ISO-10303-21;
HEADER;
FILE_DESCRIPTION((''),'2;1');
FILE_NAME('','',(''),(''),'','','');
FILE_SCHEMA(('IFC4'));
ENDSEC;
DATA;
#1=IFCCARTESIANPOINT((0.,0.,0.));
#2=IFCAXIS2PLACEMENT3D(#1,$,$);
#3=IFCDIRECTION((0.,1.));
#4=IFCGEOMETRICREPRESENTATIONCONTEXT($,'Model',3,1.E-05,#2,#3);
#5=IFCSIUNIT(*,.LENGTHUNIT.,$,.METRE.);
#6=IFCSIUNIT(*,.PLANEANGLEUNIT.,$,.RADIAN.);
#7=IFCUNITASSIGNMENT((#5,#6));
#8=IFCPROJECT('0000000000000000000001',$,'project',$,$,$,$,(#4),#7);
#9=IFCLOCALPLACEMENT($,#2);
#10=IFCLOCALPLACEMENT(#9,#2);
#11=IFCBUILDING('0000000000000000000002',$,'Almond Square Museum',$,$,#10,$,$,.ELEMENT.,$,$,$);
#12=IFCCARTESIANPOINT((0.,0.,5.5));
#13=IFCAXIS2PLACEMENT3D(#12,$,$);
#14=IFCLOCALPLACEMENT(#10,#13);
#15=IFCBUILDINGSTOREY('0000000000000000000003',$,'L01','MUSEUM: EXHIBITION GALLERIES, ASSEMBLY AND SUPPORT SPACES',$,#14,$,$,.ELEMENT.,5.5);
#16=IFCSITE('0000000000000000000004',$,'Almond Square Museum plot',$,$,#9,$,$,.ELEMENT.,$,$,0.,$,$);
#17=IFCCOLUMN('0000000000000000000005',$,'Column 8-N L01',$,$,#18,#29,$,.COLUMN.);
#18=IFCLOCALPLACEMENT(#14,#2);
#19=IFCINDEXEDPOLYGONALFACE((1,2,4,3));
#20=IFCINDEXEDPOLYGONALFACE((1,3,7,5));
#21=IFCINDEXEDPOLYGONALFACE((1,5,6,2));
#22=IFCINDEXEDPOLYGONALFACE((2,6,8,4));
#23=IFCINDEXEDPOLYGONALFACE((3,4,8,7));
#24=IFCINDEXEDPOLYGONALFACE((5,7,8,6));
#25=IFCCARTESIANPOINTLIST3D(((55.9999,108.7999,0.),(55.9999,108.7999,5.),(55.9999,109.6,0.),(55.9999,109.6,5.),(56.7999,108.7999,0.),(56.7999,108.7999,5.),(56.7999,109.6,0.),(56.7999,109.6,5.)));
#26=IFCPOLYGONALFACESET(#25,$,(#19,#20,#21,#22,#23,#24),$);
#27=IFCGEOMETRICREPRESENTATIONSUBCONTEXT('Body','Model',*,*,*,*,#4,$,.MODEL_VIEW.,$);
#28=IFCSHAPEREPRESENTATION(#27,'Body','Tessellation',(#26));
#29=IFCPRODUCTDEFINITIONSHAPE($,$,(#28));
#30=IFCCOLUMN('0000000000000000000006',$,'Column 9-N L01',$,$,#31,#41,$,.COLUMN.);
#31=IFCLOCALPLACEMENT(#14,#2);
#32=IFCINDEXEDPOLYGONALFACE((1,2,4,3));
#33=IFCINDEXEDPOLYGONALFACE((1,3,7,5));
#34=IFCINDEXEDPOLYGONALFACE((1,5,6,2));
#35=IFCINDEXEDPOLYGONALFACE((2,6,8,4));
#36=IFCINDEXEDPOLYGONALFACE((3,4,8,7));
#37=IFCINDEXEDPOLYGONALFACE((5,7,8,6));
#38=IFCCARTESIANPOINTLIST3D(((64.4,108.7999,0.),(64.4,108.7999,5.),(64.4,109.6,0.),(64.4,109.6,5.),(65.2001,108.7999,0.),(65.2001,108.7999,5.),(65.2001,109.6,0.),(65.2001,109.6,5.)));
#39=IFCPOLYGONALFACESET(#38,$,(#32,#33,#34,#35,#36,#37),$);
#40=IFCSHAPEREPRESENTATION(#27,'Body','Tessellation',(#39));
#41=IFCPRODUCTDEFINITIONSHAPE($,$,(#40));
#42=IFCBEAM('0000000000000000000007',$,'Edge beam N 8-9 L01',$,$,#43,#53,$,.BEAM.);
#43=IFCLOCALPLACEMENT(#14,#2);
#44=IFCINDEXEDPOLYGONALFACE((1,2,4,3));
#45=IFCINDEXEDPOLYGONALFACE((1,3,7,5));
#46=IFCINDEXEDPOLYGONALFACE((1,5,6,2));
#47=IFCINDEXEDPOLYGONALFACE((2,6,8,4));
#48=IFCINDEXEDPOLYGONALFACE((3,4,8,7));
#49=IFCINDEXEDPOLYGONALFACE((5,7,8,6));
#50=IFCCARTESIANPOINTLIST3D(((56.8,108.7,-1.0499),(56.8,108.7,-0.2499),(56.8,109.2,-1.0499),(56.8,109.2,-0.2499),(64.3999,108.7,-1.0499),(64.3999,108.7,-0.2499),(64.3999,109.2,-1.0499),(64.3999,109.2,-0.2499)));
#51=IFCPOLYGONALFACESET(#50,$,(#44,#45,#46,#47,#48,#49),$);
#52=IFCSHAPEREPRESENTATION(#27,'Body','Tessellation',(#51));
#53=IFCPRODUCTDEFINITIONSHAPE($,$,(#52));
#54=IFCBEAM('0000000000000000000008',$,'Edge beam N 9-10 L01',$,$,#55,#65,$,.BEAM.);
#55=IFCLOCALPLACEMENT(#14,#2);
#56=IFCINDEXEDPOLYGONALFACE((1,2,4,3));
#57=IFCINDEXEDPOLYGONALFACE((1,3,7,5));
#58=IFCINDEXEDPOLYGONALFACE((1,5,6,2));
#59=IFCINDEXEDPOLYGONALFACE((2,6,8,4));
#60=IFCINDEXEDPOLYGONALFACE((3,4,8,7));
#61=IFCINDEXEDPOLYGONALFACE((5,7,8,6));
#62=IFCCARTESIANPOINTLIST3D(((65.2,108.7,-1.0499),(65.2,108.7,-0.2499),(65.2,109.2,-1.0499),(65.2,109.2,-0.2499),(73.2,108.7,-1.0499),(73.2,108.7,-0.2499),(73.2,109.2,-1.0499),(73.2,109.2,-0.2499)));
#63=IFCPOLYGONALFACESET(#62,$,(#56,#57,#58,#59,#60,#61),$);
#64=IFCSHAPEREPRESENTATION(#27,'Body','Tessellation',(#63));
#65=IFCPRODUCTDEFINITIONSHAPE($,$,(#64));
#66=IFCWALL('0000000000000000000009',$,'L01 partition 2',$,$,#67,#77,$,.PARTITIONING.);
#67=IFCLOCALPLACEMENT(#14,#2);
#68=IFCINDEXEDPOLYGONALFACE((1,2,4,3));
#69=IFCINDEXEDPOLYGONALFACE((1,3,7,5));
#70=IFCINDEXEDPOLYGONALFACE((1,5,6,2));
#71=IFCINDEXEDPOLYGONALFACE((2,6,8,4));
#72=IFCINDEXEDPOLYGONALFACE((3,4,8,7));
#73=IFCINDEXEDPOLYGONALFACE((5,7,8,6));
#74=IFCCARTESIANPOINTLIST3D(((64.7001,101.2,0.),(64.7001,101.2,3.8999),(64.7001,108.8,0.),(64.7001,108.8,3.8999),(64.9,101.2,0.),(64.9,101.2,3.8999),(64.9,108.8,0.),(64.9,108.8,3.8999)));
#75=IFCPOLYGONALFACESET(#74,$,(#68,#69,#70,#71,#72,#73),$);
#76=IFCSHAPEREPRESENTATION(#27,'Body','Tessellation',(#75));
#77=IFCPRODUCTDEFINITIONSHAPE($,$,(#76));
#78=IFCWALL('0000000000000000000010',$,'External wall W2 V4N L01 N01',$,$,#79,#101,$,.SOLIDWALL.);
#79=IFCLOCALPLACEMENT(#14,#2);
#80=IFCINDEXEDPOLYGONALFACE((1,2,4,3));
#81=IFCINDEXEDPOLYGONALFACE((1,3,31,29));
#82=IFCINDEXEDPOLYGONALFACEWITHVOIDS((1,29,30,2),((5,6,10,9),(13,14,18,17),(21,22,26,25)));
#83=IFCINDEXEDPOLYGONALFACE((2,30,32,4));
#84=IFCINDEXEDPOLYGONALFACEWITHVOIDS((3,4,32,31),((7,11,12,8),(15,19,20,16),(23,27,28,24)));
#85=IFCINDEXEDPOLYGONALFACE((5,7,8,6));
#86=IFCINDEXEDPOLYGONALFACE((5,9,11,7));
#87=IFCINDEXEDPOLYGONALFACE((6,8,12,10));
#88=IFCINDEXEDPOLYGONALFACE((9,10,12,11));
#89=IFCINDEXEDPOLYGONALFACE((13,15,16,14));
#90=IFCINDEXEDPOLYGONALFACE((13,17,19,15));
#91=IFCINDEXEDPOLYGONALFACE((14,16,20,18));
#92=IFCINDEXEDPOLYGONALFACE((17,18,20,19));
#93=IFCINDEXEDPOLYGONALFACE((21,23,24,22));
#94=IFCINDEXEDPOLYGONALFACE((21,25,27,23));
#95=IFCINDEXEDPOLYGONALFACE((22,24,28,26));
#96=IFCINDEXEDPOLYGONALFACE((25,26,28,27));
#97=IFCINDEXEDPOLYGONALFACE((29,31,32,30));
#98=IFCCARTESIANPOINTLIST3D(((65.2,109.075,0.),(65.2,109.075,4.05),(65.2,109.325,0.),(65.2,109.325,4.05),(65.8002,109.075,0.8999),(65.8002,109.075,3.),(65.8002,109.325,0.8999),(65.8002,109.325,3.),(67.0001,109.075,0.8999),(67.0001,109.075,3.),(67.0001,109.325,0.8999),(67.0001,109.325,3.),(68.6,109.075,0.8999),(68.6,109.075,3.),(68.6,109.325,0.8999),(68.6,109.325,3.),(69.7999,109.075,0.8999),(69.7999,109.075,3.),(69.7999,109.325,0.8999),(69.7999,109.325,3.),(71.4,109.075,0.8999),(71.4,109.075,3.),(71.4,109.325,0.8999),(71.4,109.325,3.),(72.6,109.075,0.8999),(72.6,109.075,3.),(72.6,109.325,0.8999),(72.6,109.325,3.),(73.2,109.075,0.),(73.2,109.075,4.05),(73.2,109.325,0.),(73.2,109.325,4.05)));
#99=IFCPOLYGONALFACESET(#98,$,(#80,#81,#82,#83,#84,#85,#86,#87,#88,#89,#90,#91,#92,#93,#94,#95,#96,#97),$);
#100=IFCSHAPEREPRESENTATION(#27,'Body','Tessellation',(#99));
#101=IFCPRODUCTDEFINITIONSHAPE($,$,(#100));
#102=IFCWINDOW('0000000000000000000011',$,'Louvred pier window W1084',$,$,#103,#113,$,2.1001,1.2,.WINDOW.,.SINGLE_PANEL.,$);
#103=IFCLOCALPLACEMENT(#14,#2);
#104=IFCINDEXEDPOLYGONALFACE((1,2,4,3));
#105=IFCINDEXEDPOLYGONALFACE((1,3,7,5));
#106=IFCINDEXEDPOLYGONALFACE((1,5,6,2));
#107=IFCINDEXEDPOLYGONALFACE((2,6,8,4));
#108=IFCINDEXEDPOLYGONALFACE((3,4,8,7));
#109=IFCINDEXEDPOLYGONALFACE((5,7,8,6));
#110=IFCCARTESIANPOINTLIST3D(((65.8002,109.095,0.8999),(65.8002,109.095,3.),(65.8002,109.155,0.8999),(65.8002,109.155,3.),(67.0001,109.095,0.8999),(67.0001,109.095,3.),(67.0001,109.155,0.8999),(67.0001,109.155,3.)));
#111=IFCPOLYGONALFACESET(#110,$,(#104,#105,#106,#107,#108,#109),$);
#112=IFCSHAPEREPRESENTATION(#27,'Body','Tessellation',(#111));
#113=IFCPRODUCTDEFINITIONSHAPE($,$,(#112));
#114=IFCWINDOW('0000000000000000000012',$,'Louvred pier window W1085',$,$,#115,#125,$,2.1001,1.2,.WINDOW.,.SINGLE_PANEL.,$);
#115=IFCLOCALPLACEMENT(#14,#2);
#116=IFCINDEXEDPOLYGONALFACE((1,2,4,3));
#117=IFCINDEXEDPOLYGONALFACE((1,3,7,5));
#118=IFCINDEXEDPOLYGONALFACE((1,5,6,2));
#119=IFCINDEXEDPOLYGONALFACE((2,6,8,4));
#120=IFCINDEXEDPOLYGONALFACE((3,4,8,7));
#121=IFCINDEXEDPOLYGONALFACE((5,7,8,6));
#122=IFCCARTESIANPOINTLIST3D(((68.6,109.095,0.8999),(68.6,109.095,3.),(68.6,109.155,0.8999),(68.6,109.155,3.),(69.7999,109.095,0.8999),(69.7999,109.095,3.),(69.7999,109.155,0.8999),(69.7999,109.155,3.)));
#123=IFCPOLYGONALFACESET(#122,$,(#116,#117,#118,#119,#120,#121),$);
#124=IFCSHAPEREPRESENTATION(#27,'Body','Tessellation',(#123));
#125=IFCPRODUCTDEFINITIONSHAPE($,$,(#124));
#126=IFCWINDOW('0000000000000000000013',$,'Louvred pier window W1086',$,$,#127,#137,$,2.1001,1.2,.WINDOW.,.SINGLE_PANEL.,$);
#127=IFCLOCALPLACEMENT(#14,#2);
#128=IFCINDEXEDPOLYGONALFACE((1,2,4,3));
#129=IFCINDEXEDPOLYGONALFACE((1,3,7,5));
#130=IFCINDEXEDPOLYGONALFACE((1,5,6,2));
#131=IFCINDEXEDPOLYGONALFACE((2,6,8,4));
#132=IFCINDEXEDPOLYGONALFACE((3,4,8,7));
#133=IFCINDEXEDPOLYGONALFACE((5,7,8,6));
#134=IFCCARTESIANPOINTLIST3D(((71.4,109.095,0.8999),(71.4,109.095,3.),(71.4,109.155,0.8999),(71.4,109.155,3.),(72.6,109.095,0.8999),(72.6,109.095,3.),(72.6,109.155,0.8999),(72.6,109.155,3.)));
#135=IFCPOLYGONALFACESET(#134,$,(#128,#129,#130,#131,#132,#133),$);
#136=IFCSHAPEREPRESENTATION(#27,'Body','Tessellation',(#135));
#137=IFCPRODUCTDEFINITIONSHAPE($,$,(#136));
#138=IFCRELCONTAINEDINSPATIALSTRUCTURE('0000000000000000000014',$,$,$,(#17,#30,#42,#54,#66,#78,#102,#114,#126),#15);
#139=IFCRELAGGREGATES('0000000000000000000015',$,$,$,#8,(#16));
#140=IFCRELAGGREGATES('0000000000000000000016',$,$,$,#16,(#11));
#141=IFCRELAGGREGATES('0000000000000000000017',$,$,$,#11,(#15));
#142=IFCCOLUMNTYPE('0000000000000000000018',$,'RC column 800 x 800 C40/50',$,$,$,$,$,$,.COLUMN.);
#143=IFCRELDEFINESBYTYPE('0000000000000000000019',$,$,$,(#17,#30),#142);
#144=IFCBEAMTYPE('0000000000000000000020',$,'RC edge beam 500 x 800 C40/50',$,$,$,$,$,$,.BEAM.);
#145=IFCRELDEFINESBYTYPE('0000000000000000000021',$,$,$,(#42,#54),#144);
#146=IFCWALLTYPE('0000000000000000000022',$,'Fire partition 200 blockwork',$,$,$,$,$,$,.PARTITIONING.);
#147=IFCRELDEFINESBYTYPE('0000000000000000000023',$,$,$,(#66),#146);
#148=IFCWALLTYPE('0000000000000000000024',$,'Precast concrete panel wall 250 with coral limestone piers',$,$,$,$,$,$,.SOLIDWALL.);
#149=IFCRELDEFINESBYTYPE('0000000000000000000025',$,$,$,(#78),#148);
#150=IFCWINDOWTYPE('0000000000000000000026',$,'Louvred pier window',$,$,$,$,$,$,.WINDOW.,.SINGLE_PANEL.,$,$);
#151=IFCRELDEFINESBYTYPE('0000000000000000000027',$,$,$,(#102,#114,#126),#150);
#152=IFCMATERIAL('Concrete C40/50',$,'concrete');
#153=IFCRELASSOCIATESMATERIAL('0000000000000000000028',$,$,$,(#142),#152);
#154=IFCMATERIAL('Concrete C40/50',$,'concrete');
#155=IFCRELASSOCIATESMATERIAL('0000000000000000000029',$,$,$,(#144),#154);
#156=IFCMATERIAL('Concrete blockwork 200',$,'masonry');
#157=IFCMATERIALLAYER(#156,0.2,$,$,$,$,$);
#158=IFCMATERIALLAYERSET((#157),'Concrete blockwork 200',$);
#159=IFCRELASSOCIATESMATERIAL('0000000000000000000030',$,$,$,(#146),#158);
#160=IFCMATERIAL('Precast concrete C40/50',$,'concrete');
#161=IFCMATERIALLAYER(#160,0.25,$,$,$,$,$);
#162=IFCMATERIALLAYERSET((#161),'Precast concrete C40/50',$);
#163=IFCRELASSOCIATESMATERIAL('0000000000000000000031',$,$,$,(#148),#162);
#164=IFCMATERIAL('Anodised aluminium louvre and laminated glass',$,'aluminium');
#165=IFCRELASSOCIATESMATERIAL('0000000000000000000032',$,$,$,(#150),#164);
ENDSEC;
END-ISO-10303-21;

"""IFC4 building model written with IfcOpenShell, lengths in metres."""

from ifc_helpers import new_model, si_unit, direction, frame, frame_2d, origin, origin_2d, place, context, subcontext, project, spatial, rectangle, extrude, material, layer, layer_set, material_profile, profile_set, type_object, element, fill, save


model = new_model("IFC4")

# Units and contexts
model_context = context("Model", 3, precision=1e-05, world=origin(), true_north=direction((0.0, 1.0)))
body_context = subcontext(model_context, "Body", "Model", "MODEL_VIEW")
ifc_project = project(units=[si_unit("LENGTHUNIT", "METRE"), si_unit("PLANEANGLEUNIT", "RADIAN")], contexts=[model_context])

# Site, building, storey
site_placement = place(None, origin())
site = spatial("IfcSite", under=ifc_project, at=site_placement, Name="Almond Square Museum plot", CompositionType="ELEMENT", RefElevation=0.0)
building_placement = place(site_placement, origin())
building = spatial("IfcBuilding", under=site, at=building_placement, Name="Almond Square Museum", CompositionType="ELEMENT")
storey_placement = place(building_placement, frame((0.0, 0.0, 5.5)))
storey = spatial("IfcBuildingStorey", under=building, at=storey_placement, Name="L01", Description="MUSEUM: EXHIBITION GALLERIES, ASSEMBLY AND SUPPORT SPACES", CompositionType="ELEMENT", Elevation=5.5)

# Columns
ifc_material_1 = material(Name="Concrete C40/50", Category="concrete")
ifc_material_profile_1 = material_profile(ifc_material_1, rectangle(XDim=0.8, YDim=0.8, at=origin_2d()))
ifc_profile_set_1 = profile_set([ifc_material_profile_1], Name="Concrete C40/50")
column_type = type_object("IfcColumnType", Name="RC column 800 x 800 C40/50", PredefinedType="COLUMN", material=ifc_profile_set_1)
for number, where, z_axis, x_axis, name in (
    (1, (56.3999, 109.2, 0.0), (0.0, 0.0, 1.0), (1.0, 0.0, 0.0), "Column 8-N L01"),
    (2, (64.8, 109.2, 0.0), (0.0, 0.0, 1.0), (1.0, 0.0, 0.0), "Column 9-N L01"),
):
    element("IfcColumn", number, at=place(storey_placement, frame(where, z_axis=z_axis, x_axis=x_axis)), inside=storey, type_object=column_type, Name=name, PredefinedType="COLUMN", context=body_context, shape_type="SweptSolid", body=[
        extrude(rectangle(XDim=0.8, YDim=0.8, at=origin_2d()), origin(), (0.0, 0.0, 1.0), 5.0),
    ])

# Beams
ifc_material_2 = material(Name="Concrete C40/50", Category="concrete")
ifc_material_profile_2 = material_profile(ifc_material_2, rectangle(XDim=0.5, YDim=0.8, at=origin_2d()))
ifc_profile_set_2 = profile_set([ifc_material_profile_2], Name="Concrete C40/50")
beam_type = type_object("IfcBeamType", Name="RC edge beam 500 x 800 C40/50", PredefinedType="BEAM", material=ifc_profile_set_2)
beam_1_placement = place(storey_placement, frame((56.8, 108.95, -0.6499), z_axis=(1.0, 0.0, 0.0), x_axis=(0.0, 1.0, 0.0)))
element("IfcBeam", 3, at=beam_1_placement, inside=storey, type_object=beam_type, Name="Edge beam N 8-9 L01", PredefinedType="BEAM", context=body_context, shape_type="SweptSolid", body=[
    extrude(rectangle(XDim=0.5, YDim=0.8, at=origin_2d()), origin(), (0.0, 0.0, 1.0), 7.5999),
])
beam_2_placement = place(storey_placement, frame((65.2, 108.95, -0.6499), z_axis=(1.0, 0.0, 0.0), x_axis=(0.0, 1.0, 0.0)))
element("IfcBeam", 4, at=beam_2_placement, inside=storey, type_object=beam_type, Name="Edge beam N 9-10 L01", PredefinedType="BEAM", context=body_context, shape_type="SweptSolid", body=[
    extrude(rectangle(XDim=0.5, YDim=0.8, at=origin_2d()), origin(), (0.0, 0.0, 1.0), 8.0),
])

# Wall
ifc_material_3 = material(Name="Concrete blockwork 200", Category="masonry")
ifc_layer_1 = layer(ifc_material_3, 0.2)
ifc_layer_set_1 = layer_set([ifc_layer_1], Name="Concrete blockwork 200")
wall_type_1 = type_object("IfcWallType", Name="Fire partition 200 blockwork", PredefinedType="PARTITIONING", material=ifc_layer_set_1)
wall_1_placement = place(storey_placement, frame((64.8, 101.2, 0.0), z_axis=(0.0, 0.0, 1.0), x_axis=(0.0, 1.0, 0.0)))
element("IfcWall", 5, at=wall_1_placement, inside=storey, type_object=wall_type_1, Name="L01 partition 2", PredefinedType="PARTITIONING", context=body_context, shape_type="SweptSolid", body=[
    extrude(rectangle(XDim=7.6001, YDim=0.2, at=frame_2d((3.8, 0.0))), origin(), (0.0, 0.0, 1.0), 3.8999),
])

# Wall, openings, windows
ifc_material_4 = material(Name="Precast concrete C40/50", Category="concrete")
ifc_layer_2 = layer(ifc_material_4, 0.25)
ifc_layer_set_2 = layer_set([ifc_layer_2], Name="Precast concrete C40/50")
wall_type_2 = type_object("IfcWallType", Name="Precast concrete panel wall 250 with coral limestone piers", PredefinedType="SOLIDWALL", material=ifc_layer_set_2)
wall_2_placement = place(storey_placement, frame((65.2, 109.2, 0.0), z_axis=(0.0, 0.0, 1.0), x_axis=(1.0, 0.0, 0.0)))
wall_2 = element("IfcWall", 6, at=wall_2_placement, inside=storey, type_object=wall_type_2, Name="External wall W2 V4N L01 N01", PredefinedType="SOLIDWALL", context=body_context, shape_type="SweptSolid", body=[
    extrude(rectangle(XDim=8.0, YDim=0.25, at=frame_2d((4.0, 0.0))), origin(), (0.0, 0.0, 1.0), 4.05),
])
opening_1_placement = place(wall_2_placement, frame((0.6001, 0.0, 0.8999)))
opening_1 = element("IfcOpeningElement", 7, at=opening_1_placement, cuts=wall_2, PredefinedType="OPENING", context=body_context, shape_type="SweptSolid", body=[
    extrude(rectangle(XDim=1.2, YDim=2.1001, at=frame_2d((0.6001, 1.05))), frame((0.0, 0.135, 0.0), z_axis=(0.0, -1.0, 0.0), x_axis=(1.0, 0.0, 0.0)), (0.0, 0.0, 1.0), 0.27),
])
opening_2_placement = place(wall_2_placement, frame((3.3999, 0.0, 0.8999)))
opening_2 = element("IfcOpeningElement", 8, at=opening_2_placement, cuts=wall_2, PredefinedType="OPENING", context=body_context, shape_type="SweptSolid", body=[
    extrude(rectangle(XDim=1.2, YDim=2.1001, at=frame_2d((0.6001, 1.05))), frame((0.0, 0.135, 0.0), z_axis=(0.0, -1.0, 0.0), x_axis=(1.0, 0.0, 0.0)), (0.0, 0.0, 1.0), 0.27),
])
opening_3_placement = place(wall_2_placement, frame((6.2, 0.0, 0.8999)))
opening_3 = element("IfcOpeningElement", 9, at=opening_3_placement, cuts=wall_2, PredefinedType="OPENING", context=body_context, shape_type="SweptSolid", body=[
    extrude(rectangle(XDim=1.2, YDim=2.1001, at=frame_2d((0.6001, 1.05))), frame((0.0, 0.135, 0.0), z_axis=(0.0, -1.0, 0.0), x_axis=(1.0, 0.0, 0.0)), (0.0, 0.0, 1.0), 0.27),
])
ifc_material_5 = material(Name="Anodised aluminium louvre and laminated glass", Category="aluminium")
window_type = type_object("IfcWindowType", Name="Louvred pier window", PartitioningType="SINGLE_PANEL", PredefinedType="WINDOW", material=ifc_material_5)
window_1_placement = place(opening_1_placement, origin())
window_1 = element("IfcWindow", 10, at=window_1_placement, inside=storey, type_object=window_type, Name="Louvred pier window W1084", OverallHeight=2.1001, OverallWidth=1.2, PartitioningType="SINGLE_PANEL", PredefinedType="WINDOW", context=body_context, shape_type="SweptSolid", body=[
    extrude(rectangle(XDim=1.2, YDim=2.1001, at=frame_2d((0.6001, 1.05))), frame((0.0, -0.0449, 0.0), z_axis=(0.0, -1.0, 0.0), x_axis=(1.0, 0.0, 0.0)), (0.0, 0.0, 1.0), 0.0601),
])
fill(opening_1, window_1)
window_2_placement = place(opening_2_placement, origin())
window_2 = element("IfcWindow", 11, at=window_2_placement, inside=storey, type_object=window_type, Name="Louvred pier window W1085", OverallHeight=2.1001, OverallWidth=1.2, PartitioningType="SINGLE_PANEL", PredefinedType="WINDOW", context=body_context, shape_type="SweptSolid", body=[
    extrude(rectangle(XDim=1.2, YDim=2.1001, at=frame_2d((0.6001, 1.05))), frame((0.0, -0.0449, 0.0), z_axis=(0.0, -1.0, 0.0), x_axis=(1.0, 0.0, 0.0)), (0.0, 0.0, 1.0), 0.0601),
])
fill(opening_2, window_2)
window_3_placement = place(opening_3_placement, origin())
window_3 = element("IfcWindow", 12, at=window_3_placement, inside=storey, type_object=window_type, Name="Louvred pier window W1086", OverallHeight=2.1001, OverallWidth=1.2, PartitioningType="SINGLE_PANEL", PredefinedType="WINDOW", context=body_context, shape_type="SweptSolid", body=[
    extrude(rectangle(XDim=1.2, YDim=2.1001, at=frame_2d((0.6001, 1.05))), frame((0.0, -0.0449, 0.0), z_axis=(0.0, -1.0, 0.0), x_axis=(1.0, 0.0, 0.0)), (0.0, 0.0, 1.0), 0.0601),
])
fill(opening_3, window_3)

save(model, "model.ifc")
